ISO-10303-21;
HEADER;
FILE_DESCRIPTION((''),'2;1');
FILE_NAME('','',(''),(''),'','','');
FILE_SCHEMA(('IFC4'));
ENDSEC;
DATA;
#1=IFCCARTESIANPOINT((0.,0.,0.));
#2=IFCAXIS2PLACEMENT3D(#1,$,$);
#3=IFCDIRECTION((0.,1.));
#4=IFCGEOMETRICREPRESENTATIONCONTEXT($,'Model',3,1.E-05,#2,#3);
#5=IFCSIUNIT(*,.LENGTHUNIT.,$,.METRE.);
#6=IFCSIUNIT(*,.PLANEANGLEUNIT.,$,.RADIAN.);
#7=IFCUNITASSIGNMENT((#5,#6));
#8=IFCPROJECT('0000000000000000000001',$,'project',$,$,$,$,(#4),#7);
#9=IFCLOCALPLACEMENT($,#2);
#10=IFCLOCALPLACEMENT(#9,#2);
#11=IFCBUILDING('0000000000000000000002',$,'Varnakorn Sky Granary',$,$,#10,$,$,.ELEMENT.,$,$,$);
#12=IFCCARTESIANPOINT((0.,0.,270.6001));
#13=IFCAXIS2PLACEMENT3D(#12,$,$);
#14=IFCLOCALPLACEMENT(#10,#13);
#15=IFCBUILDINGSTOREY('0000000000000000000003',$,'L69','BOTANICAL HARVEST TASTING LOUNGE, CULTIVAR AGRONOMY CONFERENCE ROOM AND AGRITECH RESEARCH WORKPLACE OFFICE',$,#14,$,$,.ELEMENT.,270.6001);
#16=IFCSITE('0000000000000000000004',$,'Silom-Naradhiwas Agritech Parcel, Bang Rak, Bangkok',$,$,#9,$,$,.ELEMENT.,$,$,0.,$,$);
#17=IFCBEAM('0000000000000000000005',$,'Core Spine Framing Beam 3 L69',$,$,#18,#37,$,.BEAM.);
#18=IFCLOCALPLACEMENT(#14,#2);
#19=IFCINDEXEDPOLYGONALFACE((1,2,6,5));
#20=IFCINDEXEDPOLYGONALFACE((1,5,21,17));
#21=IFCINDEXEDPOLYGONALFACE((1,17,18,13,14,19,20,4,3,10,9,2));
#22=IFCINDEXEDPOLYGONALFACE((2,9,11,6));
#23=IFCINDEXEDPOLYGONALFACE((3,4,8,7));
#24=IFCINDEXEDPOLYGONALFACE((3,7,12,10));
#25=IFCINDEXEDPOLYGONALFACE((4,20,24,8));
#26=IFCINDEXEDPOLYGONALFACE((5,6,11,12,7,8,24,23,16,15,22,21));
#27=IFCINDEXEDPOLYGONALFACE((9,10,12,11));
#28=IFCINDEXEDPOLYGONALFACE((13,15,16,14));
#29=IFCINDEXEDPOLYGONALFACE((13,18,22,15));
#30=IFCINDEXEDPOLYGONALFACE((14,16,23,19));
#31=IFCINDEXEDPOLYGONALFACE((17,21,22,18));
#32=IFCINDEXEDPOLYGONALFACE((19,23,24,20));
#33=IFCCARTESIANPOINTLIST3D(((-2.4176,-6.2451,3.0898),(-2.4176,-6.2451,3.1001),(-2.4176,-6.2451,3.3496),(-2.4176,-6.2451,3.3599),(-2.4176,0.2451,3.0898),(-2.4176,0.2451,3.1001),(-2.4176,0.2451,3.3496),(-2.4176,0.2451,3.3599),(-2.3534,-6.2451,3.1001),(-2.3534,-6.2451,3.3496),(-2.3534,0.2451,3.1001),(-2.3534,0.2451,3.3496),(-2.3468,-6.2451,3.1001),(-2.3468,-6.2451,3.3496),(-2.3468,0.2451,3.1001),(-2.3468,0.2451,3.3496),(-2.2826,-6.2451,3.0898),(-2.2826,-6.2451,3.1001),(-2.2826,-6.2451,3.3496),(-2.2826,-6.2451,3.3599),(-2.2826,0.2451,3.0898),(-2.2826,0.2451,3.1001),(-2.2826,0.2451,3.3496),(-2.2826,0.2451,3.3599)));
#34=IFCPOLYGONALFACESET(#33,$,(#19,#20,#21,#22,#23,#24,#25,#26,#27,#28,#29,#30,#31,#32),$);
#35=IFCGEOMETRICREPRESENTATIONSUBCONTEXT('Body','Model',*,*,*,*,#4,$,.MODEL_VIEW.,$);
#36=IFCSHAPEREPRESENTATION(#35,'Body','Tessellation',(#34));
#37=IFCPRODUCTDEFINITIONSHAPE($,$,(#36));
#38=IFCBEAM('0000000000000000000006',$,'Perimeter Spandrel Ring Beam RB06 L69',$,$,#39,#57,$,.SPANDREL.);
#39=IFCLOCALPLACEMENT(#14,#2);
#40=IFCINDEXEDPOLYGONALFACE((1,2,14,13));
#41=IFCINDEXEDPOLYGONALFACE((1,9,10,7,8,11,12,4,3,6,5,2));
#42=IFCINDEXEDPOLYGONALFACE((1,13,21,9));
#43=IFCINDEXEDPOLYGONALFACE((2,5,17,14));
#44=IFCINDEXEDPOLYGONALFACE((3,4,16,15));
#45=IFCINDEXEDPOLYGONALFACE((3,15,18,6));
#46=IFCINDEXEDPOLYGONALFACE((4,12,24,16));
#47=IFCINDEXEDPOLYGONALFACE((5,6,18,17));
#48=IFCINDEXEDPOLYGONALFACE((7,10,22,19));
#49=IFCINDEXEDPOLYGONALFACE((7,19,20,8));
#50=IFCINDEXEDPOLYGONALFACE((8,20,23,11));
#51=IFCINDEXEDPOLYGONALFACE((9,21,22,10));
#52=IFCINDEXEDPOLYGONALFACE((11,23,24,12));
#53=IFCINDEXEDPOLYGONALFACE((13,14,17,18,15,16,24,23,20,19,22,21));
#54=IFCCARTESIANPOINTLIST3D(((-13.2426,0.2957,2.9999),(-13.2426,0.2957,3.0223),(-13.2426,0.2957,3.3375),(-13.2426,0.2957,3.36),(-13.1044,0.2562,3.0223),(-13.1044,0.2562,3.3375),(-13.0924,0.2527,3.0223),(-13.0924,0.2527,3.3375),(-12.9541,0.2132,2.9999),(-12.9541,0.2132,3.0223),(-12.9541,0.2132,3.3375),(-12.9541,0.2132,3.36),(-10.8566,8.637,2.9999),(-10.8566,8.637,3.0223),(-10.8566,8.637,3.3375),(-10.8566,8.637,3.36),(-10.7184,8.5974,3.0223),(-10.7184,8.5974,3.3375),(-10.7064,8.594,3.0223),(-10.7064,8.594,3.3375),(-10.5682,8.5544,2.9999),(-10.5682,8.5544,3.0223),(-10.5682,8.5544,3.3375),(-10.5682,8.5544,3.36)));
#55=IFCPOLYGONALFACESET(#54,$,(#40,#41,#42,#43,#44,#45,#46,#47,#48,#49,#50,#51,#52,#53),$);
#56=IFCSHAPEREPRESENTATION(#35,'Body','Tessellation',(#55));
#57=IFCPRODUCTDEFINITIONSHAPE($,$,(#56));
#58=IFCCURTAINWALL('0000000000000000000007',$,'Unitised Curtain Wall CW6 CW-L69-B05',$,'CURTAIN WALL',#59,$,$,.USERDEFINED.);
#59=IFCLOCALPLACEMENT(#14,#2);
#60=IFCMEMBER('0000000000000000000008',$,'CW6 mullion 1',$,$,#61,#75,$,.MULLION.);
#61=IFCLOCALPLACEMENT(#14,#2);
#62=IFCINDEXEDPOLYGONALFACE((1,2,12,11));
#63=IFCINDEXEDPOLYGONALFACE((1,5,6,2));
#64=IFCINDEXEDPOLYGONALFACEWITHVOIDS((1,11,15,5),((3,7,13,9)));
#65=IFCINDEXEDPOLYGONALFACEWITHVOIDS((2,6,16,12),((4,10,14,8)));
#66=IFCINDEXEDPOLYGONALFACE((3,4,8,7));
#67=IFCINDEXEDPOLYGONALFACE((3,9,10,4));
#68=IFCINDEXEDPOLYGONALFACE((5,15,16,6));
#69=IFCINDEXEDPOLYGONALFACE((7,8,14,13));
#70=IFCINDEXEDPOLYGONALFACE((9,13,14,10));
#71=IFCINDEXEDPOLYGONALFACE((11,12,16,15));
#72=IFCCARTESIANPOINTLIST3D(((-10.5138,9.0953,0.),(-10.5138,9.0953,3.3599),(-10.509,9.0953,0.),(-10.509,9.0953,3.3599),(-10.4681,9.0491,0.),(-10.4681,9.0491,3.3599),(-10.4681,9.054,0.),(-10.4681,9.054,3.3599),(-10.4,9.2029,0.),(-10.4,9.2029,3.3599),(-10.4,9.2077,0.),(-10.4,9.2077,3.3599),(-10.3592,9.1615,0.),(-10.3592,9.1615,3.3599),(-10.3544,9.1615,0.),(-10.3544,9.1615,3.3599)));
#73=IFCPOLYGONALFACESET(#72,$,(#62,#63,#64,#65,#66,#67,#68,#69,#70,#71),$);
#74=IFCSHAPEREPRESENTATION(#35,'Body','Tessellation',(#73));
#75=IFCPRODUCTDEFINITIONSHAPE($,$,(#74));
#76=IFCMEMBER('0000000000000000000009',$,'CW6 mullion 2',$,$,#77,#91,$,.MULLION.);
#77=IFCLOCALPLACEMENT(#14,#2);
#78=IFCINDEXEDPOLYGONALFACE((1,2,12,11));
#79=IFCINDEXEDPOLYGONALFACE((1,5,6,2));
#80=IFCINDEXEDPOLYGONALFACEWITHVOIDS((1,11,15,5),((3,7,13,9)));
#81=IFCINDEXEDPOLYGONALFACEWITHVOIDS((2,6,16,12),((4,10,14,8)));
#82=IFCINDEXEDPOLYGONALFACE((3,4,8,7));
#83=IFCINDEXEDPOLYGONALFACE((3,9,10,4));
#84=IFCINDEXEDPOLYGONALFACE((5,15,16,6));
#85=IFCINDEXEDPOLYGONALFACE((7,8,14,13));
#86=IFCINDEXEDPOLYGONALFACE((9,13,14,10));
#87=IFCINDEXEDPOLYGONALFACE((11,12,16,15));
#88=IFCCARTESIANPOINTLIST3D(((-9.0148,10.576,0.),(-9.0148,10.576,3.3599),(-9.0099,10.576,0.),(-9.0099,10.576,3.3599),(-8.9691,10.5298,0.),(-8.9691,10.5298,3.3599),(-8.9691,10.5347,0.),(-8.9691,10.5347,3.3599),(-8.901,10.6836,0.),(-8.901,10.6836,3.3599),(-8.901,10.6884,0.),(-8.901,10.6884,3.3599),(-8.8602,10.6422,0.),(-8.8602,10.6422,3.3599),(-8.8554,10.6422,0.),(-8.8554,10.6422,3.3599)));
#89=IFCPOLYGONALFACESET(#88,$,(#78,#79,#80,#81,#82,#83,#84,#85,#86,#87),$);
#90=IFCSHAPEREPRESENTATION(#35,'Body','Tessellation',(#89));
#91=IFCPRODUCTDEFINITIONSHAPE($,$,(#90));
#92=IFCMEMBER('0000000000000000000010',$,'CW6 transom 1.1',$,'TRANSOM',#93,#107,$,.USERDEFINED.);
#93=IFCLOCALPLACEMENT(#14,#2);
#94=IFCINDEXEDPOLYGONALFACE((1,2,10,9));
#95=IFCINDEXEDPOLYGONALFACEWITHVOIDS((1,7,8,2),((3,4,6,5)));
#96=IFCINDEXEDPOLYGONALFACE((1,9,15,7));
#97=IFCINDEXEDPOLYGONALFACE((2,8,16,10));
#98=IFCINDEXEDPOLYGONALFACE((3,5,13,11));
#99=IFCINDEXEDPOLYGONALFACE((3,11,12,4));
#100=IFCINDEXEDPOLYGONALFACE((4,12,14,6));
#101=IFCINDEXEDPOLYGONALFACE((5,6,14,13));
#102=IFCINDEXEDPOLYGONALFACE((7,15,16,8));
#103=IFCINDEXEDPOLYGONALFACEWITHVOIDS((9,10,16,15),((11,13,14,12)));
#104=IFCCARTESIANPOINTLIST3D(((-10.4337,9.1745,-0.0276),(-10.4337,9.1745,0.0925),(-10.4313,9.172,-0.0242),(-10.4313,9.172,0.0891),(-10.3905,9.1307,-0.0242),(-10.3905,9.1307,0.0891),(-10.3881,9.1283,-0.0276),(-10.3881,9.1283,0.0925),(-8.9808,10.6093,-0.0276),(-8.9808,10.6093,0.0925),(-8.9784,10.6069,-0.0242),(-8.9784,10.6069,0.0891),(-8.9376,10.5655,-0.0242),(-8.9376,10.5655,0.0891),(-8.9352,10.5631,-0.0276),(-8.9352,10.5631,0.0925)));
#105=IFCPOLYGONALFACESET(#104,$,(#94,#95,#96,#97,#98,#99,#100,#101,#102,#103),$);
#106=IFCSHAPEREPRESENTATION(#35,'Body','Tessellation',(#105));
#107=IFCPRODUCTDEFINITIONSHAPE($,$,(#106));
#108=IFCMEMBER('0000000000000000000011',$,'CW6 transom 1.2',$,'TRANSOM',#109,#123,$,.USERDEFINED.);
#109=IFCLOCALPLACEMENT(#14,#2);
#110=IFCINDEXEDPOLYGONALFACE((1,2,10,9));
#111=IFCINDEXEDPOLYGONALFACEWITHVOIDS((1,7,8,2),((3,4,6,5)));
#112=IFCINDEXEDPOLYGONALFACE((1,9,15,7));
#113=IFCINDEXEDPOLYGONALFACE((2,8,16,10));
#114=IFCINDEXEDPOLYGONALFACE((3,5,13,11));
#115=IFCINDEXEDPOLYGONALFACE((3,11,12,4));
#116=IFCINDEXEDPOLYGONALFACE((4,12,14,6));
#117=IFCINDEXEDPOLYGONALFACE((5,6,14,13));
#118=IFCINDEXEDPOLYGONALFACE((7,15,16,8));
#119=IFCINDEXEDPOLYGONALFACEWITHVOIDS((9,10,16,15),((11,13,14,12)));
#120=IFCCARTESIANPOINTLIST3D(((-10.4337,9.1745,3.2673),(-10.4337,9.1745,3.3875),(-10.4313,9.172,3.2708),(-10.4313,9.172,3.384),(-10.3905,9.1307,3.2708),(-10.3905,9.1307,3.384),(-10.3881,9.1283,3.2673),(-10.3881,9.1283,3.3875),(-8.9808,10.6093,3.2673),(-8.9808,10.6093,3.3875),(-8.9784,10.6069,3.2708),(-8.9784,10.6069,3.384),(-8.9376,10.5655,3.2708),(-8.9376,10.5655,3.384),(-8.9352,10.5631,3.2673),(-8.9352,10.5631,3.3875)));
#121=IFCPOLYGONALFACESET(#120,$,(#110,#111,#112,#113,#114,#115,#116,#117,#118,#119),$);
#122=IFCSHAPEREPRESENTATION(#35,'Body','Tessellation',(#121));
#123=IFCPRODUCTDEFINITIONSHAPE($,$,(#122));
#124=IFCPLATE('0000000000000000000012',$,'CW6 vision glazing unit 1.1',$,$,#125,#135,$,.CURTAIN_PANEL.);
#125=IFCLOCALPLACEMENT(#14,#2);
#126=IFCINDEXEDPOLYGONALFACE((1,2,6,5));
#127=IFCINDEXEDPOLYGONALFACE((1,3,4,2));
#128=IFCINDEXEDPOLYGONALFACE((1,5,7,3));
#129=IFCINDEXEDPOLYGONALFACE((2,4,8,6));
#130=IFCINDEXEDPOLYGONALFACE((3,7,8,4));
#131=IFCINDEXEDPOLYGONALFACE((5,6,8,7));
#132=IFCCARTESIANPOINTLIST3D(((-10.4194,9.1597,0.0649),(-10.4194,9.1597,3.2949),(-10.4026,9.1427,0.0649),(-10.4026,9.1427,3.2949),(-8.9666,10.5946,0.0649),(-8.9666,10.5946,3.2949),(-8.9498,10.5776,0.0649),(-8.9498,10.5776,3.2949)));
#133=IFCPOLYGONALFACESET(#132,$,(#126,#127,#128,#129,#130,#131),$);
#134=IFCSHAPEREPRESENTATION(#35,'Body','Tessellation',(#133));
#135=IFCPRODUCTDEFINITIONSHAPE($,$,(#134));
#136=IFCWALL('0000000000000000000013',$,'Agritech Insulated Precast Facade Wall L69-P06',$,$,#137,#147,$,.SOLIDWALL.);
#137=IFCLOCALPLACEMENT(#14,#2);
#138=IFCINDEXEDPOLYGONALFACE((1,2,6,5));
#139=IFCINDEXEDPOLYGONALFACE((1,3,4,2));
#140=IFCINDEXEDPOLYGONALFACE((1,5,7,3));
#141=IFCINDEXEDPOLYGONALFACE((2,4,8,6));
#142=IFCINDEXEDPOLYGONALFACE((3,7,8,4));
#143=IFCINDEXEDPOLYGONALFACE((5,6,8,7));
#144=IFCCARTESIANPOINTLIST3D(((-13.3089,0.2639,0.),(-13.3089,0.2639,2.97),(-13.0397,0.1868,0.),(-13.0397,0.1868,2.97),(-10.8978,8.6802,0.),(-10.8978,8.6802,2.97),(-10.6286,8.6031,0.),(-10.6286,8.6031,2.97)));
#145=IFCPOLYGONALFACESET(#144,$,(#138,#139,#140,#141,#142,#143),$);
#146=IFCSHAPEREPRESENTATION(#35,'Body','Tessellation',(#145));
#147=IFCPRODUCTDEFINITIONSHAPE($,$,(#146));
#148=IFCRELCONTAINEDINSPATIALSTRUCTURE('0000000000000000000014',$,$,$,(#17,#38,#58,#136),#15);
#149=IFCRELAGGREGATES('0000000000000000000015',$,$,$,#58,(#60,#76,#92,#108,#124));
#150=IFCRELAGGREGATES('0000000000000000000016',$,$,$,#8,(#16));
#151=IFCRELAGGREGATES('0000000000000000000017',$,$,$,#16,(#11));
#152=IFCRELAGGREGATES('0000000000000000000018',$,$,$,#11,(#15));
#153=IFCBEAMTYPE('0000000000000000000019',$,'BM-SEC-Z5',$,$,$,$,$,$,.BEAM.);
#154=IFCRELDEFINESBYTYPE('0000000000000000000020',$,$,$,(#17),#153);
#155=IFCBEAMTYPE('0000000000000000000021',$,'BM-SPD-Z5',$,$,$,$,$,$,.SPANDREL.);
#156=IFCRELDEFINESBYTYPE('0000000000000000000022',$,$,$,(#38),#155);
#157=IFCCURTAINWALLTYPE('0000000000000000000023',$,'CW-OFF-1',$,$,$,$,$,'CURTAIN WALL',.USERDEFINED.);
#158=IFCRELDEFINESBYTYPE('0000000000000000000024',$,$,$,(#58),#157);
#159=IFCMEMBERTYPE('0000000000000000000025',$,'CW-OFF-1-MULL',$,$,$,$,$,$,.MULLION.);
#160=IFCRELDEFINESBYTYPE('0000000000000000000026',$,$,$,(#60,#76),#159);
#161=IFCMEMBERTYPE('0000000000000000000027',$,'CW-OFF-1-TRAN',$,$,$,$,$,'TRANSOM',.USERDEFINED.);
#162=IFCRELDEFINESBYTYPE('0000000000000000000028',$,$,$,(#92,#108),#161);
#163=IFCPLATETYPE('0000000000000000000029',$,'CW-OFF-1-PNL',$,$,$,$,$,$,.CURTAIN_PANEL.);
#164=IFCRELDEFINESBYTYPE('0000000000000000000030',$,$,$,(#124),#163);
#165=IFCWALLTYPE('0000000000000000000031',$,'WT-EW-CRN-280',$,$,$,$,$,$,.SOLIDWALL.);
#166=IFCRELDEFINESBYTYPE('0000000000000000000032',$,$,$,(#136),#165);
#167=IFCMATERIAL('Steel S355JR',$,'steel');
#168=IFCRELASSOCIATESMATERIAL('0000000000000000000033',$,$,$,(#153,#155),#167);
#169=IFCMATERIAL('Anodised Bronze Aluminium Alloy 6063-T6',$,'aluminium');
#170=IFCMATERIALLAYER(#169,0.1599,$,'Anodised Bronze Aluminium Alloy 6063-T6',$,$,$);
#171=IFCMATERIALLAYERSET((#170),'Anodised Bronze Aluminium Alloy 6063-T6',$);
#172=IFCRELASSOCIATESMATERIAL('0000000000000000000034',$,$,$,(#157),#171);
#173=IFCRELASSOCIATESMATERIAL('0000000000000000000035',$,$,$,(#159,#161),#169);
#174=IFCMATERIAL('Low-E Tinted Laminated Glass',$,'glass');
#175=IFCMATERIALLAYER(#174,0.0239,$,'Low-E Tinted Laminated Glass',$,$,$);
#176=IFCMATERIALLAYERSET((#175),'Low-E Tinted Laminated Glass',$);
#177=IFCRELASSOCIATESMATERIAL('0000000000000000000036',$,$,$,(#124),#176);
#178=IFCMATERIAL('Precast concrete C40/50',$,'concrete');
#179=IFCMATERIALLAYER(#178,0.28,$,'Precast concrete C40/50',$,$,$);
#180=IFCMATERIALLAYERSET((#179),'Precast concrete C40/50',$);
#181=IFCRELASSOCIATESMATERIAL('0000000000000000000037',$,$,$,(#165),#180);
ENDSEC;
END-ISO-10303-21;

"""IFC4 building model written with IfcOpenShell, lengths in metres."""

from ifc_helpers import new_model, si_unit, direction, frame, frame_2d, origin, origin_2d, place, context, subcontext, project, spatial, rectangle, hollow_rectangle, i_section, extrude, source, transform, mapped, material, layer, layer_set, material_profile, profile_set, type_object, type_shapes, element, aggregate, save


model = new_model("IFC4")

# Units and contexts
model_context = context("Model", 3, precision=1e-05, world=origin(), true_north=direction((0.0, 1.0)))
body_context = subcontext(model_context, "Body", "Model", "MODEL_VIEW")
ifc_project = project(units=[si_unit("LENGTHUNIT", "METRE"), si_unit("PLANEANGLEUNIT", "RADIAN")], contexts=[model_context])

# Site, building, storey
site_placement = place(None, origin())
site = spatial("IfcSite", under=ifc_project, at=site_placement, Name="Silom-Naradhiwas Agritech Parcel, Bang Rak, Bangkok", CompositionType="ELEMENT", RefElevation=0.0)
building_placement = place(site_placement, origin())
building = spatial("IfcBuilding", under=site, at=building_placement, Name="Varnakorn Sky Granary", CompositionType="ELEMENT")
storey_placement = place(building_placement, frame((0.0, 0.0, 270.6001)))
storey = spatial("IfcBuildingStorey", under=building, at=storey_placement, Name="L69", Description="BOTANICAL HARVEST TASTING LOUNGE, CULTIVAR AGRONOMY CONFERENCE ROOM AND AGRITECH RESEARCH WORKPLACE OFFICE", CompositionType="ELEMENT", Elevation=270.6001)

# Beams
ifc_material_1 = material(Name="Steel S355JR", Category="steel")
ifc_material_profile_1 = material_profile(ifc_material_1, i_section(OverallWidth=0.135, OverallDepth=0.27, WebThickness=0.0066, FlangeThickness=0.0103, at=origin_2d()), Name="IPE 270")
ifc_profile_set_1 = profile_set([ifc_material_profile_1], Name="Steel S355JR")
beam_type_1 = type_object("IfcBeamType", Name="BM-SEC-Z5", PredefinedType="BEAM", material=ifc_profile_set_1)
beam_1_placement = place(storey_placement, frame((-2.3501, 0.2451, 3.2249), z_axis=(0.0, -1.0, 0.0), x_axis=(1.0, 0.0, 0.0)))
element("IfcBeam", 1, at=beam_1_placement, inside=storey, type_object=beam_type_1, Name="Core Spine Framing Beam 3 L69", PredefinedType="BEAM", context=body_context, shape_type="SweptSolid", body=[
    extrude(i_section(OverallWidth=0.135, OverallDepth=0.27, WebThickness=0.0066, FlangeThickness=0.0103, at=origin_2d()), origin(), (0.0, 0.0, 1.0), 6.4902),
])
ifc_material_profile_2 = material_profile(ifc_material_1, i_section(OverallWidth=0.3, OverallDepth=0.3601, WebThickness=0.0125, FlangeThickness=0.0225, at=origin_2d()), Name="HE 360 B")
ifc_profile_set_2 = profile_set([ifc_material_profile_2], Name="Steel S355JR")
beam_type_2 = type_object("IfcBeamType", Name="BM-SPD-Z5", PredefinedType="SPANDREL", material=ifc_profile_set_2)
beam_2_placement = place(storey_placement, frame((-10.7124, 8.5957, 3.1799), z_axis=(-0.275015, -0.96144, 0.0), x_axis=(0.96144, -0.275015, 0.0)))
element("IfcBeam", 2, at=beam_2_placement, inside=storey, type_object=beam_type_2, Name="Perimeter Spandrel Ring Beam RB06 L69", PredefinedType="SPANDREL", context=body_context, shape_type="SweptSolid", body=[
    extrude(i_section(OverallWidth=0.3, OverallDepth=0.3601, WebThickness=0.0125, FlangeThickness=0.0225, at=origin_2d()), origin(), (0.0, 0.0, 1.0), 8.6758),
])

# Curtain wall, members, plate
ifc_material_2 = material(Name="Anodised Bronze Aluminium Alloy 6063-T6", Category="aluminium")
ifc_layer_1 = layer(ifc_material_2, 0.1599, Name="Anodised Bronze Aluminium Alloy 6063-T6")
ifc_layer_set_1 = layer_set([ifc_layer_1], Name="Anodised Bronze Aluminium Alloy 6063-T6")
curtain_wall_type = type_object("IfcCurtainWallType", Name="CW-OFF-1", ElementType="CURTAIN WALL", PredefinedType="USERDEFINED", material=ifc_layer_set_1)
curtain_wall_placement = place(storey_placement, origin())
curtain_wall = element("IfcCurtainWall", 3, at=curtain_wall_placement, inside=storey, type_object=curtain_wall_type, Name="Unitised Curtain Wall CW6 CW-L69-B05", ObjectType="CURTAIN WALL", PredefinedType="USERDEFINED")
ifc_material_profile_3 = material_profile(ifc_material_2, hollow_rectangle(XDim=0.0649, YDim=0.1599, WallThickness=0.0034, at=origin_2d()), Name="ALU MULL 65x160")
ifc_profile_set_3 = profile_set([ifc_material_profile_3], Name="Anodised Bronze Aluminium Alloy 6063-T6")
member_type_1 = type_object("IfcMemberType", Name="CW-OFF-1-MULL", PredefinedType="MULLION", material=ifc_profile_set_3)
member_1_placement = place(storey_placement, frame((-10.4341, 9.1284, 0.0), z_axis=(0.0, 0.0, 1.0), x_axis=(-0.702729, 0.711458, 0.0)))
member_1 = element("IfcMember", 4, at=member_1_placement, type_object=member_type_1, Name="CW6 mullion 1", PredefinedType="MULLION", context=body_context, shape_type="SweptSolid", body=[
    extrude(hollow_rectangle(XDim=0.0649, YDim=0.1599, WallThickness=0.0034, at=origin_2d()), origin(), (0.0, 0.0, 1.0), 3.3599),
])
member_2_placement = place(storey_placement, frame((-8.9351, 10.6091, 0.0), z_axis=(0.0, 0.0, 1.0), x_axis=(-0.702729, 0.711458, 0.0)))
member_2 = element("IfcMember", 5, at=member_2_placement, type_object=member_type_1, Name="CW6 mullion 2", PredefinedType="MULLION", context=body_context, shape_type="SweptSolid", body=[
    extrude(hollow_rectangle(XDim=0.0649, YDim=0.1599, WallThickness=0.0034, at=origin_2d()), origin(), (0.0, 0.0, 1.0), 3.3599),
])
ifc_material_profile_4 = material_profile(ifc_material_2, hollow_rectangle(XDim=0.0649, YDim=0.1201, WallThickness=0.0034, at=origin_2d()), Name="ALU TRAN 65x120")
ifc_profile_set_4 = profile_set([ifc_material_profile_4], Name="Anodised Bronze Aluminium Alloy 6063-T6")
member_type_2 = type_object("IfcMemberType", Name="CW-OFF-1-TRAN", ElementType="TRANSOM", PredefinedType="USERDEFINED", material=ifc_profile_set_4)
member_3_placement = place(storey_placement, frame((-10.4109, 9.1514, 0.0325), z_axis=(0.711517, 0.702669, 0.0), x_axis=(-0.702669, 0.711517, 0.0)))
member_3 = element("IfcMember", 6, at=member_3_placement, type_object=member_type_2, Name="CW6 transom 1.1", ObjectType="TRANSOM", PredefinedType="USERDEFINED", context=body_context, shape_type="SweptSolid", body=[
    extrude(hollow_rectangle(XDim=0.0649, YDim=0.1201, WallThickness=0.0034, at=origin_2d()), origin(), (0.0, 0.0, 1.0), 2.042),
])
member_4_placement = place(storey_placement, frame((-10.4109, 9.1514, 3.3274), z_axis=(0.711517, 0.702669, 0.0), x_axis=(-0.702669, 0.711517, 0.0)))
member_4 = element("IfcMember", 7, at=member_4_placement, type_object=member_type_2, Name="CW6 transom 1.2", ObjectType="TRANSOM", PredefinedType="USERDEFINED", context=body_context, shape_type="SweptSolid", body=[
    extrude(hollow_rectangle(XDim=0.0649, YDim=0.1201, WallThickness=0.0034, at=origin_2d()), origin(), (0.0, 0.0, 1.0), 2.042),
])
ifc_material_3 = material(Name="Low-E Tinted Laminated Glass", Category="glass")
ifc_layer_2 = layer(ifc_material_3, 0.0239, Name="Low-E Tinted Laminated Glass")
ifc_layer_set_2 = layer_set([ifc_layer_2], Name="Low-E Tinted Laminated Glass")
plate_type = type_object("IfcPlateType", Name="CW-OFF-1-PNL", PredefinedType="CURTAIN_PANEL")
shared_shape_1 = source(origin(), body_context, "Body", "SweptSolid", [
    extrude(rectangle(XDim=2.042, YDim=0.0239, at=origin_2d()), origin(), (0.0, 0.0, 1.0), 3.23),
])
type_shapes(plate_type, [shared_shape_1])
plate_placement = place(storey_placement, frame((-9.6846, 9.8687, 0.0649), z_axis=(0.0, 0.0, 1.0), x_axis=(0.711458, 0.702729, 0.0)))
plate = element("IfcPlate", 8, at=plate_placement, type_object=plate_type, material=ifc_layer_set_2, Name="CW6 vision glazing unit 1.1", PredefinedType="CURTAIN_PANEL", context=body_context, shape_type="MappedRepresentation", body=[
    mapped(shared_shape_1, transform((0.0, 0.0, 0.0), x_axis=(1.0, 0.0, 0.0), y_axis=(0.0, 1.0, 0.0), z_axis=(0.0, 0.0, 1.0), scale=1.0)),
])
aggregate(curtain_wall, [member_1, member_2, member_3, member_4, plate])

# Wall
ifc_material_4 = material(Name="Precast concrete C40/50", Category="concrete")
ifc_layer_3 = layer(ifc_material_4, 0.28, Name="Precast concrete C40/50")
ifc_layer_set_3 = layer_set([ifc_layer_3], Name="Precast concrete C40/50")
wall_type_1 = type_object("IfcWallType", Name="WT-EW-CRN-280", PredefinedType="SOLIDWALL", material=ifc_layer_set_3)
wall_1_placement = place(storey_placement, frame((-13.1743, 0.2253, 0.0), z_axis=(0.0, 0.0, 1.0), x_axis=(0.275406, 0.961328, 0.0)))
element("IfcWall", 9, at=wall_1_placement, inside=storey, type_object=wall_type_1, Name="Agritech Insulated Precast Facade Wall L69-P06", PredefinedType="SOLIDWALL", context=body_context, shape_type="SweptSolid", body=[
    extrude(rectangle(XDim=8.7549, YDim=0.28, at=frame_2d((4.3774, 0.0))), origin(), (0.0, 0.0, 1.0), 2.97),
])

save(model, "model.ifc")
